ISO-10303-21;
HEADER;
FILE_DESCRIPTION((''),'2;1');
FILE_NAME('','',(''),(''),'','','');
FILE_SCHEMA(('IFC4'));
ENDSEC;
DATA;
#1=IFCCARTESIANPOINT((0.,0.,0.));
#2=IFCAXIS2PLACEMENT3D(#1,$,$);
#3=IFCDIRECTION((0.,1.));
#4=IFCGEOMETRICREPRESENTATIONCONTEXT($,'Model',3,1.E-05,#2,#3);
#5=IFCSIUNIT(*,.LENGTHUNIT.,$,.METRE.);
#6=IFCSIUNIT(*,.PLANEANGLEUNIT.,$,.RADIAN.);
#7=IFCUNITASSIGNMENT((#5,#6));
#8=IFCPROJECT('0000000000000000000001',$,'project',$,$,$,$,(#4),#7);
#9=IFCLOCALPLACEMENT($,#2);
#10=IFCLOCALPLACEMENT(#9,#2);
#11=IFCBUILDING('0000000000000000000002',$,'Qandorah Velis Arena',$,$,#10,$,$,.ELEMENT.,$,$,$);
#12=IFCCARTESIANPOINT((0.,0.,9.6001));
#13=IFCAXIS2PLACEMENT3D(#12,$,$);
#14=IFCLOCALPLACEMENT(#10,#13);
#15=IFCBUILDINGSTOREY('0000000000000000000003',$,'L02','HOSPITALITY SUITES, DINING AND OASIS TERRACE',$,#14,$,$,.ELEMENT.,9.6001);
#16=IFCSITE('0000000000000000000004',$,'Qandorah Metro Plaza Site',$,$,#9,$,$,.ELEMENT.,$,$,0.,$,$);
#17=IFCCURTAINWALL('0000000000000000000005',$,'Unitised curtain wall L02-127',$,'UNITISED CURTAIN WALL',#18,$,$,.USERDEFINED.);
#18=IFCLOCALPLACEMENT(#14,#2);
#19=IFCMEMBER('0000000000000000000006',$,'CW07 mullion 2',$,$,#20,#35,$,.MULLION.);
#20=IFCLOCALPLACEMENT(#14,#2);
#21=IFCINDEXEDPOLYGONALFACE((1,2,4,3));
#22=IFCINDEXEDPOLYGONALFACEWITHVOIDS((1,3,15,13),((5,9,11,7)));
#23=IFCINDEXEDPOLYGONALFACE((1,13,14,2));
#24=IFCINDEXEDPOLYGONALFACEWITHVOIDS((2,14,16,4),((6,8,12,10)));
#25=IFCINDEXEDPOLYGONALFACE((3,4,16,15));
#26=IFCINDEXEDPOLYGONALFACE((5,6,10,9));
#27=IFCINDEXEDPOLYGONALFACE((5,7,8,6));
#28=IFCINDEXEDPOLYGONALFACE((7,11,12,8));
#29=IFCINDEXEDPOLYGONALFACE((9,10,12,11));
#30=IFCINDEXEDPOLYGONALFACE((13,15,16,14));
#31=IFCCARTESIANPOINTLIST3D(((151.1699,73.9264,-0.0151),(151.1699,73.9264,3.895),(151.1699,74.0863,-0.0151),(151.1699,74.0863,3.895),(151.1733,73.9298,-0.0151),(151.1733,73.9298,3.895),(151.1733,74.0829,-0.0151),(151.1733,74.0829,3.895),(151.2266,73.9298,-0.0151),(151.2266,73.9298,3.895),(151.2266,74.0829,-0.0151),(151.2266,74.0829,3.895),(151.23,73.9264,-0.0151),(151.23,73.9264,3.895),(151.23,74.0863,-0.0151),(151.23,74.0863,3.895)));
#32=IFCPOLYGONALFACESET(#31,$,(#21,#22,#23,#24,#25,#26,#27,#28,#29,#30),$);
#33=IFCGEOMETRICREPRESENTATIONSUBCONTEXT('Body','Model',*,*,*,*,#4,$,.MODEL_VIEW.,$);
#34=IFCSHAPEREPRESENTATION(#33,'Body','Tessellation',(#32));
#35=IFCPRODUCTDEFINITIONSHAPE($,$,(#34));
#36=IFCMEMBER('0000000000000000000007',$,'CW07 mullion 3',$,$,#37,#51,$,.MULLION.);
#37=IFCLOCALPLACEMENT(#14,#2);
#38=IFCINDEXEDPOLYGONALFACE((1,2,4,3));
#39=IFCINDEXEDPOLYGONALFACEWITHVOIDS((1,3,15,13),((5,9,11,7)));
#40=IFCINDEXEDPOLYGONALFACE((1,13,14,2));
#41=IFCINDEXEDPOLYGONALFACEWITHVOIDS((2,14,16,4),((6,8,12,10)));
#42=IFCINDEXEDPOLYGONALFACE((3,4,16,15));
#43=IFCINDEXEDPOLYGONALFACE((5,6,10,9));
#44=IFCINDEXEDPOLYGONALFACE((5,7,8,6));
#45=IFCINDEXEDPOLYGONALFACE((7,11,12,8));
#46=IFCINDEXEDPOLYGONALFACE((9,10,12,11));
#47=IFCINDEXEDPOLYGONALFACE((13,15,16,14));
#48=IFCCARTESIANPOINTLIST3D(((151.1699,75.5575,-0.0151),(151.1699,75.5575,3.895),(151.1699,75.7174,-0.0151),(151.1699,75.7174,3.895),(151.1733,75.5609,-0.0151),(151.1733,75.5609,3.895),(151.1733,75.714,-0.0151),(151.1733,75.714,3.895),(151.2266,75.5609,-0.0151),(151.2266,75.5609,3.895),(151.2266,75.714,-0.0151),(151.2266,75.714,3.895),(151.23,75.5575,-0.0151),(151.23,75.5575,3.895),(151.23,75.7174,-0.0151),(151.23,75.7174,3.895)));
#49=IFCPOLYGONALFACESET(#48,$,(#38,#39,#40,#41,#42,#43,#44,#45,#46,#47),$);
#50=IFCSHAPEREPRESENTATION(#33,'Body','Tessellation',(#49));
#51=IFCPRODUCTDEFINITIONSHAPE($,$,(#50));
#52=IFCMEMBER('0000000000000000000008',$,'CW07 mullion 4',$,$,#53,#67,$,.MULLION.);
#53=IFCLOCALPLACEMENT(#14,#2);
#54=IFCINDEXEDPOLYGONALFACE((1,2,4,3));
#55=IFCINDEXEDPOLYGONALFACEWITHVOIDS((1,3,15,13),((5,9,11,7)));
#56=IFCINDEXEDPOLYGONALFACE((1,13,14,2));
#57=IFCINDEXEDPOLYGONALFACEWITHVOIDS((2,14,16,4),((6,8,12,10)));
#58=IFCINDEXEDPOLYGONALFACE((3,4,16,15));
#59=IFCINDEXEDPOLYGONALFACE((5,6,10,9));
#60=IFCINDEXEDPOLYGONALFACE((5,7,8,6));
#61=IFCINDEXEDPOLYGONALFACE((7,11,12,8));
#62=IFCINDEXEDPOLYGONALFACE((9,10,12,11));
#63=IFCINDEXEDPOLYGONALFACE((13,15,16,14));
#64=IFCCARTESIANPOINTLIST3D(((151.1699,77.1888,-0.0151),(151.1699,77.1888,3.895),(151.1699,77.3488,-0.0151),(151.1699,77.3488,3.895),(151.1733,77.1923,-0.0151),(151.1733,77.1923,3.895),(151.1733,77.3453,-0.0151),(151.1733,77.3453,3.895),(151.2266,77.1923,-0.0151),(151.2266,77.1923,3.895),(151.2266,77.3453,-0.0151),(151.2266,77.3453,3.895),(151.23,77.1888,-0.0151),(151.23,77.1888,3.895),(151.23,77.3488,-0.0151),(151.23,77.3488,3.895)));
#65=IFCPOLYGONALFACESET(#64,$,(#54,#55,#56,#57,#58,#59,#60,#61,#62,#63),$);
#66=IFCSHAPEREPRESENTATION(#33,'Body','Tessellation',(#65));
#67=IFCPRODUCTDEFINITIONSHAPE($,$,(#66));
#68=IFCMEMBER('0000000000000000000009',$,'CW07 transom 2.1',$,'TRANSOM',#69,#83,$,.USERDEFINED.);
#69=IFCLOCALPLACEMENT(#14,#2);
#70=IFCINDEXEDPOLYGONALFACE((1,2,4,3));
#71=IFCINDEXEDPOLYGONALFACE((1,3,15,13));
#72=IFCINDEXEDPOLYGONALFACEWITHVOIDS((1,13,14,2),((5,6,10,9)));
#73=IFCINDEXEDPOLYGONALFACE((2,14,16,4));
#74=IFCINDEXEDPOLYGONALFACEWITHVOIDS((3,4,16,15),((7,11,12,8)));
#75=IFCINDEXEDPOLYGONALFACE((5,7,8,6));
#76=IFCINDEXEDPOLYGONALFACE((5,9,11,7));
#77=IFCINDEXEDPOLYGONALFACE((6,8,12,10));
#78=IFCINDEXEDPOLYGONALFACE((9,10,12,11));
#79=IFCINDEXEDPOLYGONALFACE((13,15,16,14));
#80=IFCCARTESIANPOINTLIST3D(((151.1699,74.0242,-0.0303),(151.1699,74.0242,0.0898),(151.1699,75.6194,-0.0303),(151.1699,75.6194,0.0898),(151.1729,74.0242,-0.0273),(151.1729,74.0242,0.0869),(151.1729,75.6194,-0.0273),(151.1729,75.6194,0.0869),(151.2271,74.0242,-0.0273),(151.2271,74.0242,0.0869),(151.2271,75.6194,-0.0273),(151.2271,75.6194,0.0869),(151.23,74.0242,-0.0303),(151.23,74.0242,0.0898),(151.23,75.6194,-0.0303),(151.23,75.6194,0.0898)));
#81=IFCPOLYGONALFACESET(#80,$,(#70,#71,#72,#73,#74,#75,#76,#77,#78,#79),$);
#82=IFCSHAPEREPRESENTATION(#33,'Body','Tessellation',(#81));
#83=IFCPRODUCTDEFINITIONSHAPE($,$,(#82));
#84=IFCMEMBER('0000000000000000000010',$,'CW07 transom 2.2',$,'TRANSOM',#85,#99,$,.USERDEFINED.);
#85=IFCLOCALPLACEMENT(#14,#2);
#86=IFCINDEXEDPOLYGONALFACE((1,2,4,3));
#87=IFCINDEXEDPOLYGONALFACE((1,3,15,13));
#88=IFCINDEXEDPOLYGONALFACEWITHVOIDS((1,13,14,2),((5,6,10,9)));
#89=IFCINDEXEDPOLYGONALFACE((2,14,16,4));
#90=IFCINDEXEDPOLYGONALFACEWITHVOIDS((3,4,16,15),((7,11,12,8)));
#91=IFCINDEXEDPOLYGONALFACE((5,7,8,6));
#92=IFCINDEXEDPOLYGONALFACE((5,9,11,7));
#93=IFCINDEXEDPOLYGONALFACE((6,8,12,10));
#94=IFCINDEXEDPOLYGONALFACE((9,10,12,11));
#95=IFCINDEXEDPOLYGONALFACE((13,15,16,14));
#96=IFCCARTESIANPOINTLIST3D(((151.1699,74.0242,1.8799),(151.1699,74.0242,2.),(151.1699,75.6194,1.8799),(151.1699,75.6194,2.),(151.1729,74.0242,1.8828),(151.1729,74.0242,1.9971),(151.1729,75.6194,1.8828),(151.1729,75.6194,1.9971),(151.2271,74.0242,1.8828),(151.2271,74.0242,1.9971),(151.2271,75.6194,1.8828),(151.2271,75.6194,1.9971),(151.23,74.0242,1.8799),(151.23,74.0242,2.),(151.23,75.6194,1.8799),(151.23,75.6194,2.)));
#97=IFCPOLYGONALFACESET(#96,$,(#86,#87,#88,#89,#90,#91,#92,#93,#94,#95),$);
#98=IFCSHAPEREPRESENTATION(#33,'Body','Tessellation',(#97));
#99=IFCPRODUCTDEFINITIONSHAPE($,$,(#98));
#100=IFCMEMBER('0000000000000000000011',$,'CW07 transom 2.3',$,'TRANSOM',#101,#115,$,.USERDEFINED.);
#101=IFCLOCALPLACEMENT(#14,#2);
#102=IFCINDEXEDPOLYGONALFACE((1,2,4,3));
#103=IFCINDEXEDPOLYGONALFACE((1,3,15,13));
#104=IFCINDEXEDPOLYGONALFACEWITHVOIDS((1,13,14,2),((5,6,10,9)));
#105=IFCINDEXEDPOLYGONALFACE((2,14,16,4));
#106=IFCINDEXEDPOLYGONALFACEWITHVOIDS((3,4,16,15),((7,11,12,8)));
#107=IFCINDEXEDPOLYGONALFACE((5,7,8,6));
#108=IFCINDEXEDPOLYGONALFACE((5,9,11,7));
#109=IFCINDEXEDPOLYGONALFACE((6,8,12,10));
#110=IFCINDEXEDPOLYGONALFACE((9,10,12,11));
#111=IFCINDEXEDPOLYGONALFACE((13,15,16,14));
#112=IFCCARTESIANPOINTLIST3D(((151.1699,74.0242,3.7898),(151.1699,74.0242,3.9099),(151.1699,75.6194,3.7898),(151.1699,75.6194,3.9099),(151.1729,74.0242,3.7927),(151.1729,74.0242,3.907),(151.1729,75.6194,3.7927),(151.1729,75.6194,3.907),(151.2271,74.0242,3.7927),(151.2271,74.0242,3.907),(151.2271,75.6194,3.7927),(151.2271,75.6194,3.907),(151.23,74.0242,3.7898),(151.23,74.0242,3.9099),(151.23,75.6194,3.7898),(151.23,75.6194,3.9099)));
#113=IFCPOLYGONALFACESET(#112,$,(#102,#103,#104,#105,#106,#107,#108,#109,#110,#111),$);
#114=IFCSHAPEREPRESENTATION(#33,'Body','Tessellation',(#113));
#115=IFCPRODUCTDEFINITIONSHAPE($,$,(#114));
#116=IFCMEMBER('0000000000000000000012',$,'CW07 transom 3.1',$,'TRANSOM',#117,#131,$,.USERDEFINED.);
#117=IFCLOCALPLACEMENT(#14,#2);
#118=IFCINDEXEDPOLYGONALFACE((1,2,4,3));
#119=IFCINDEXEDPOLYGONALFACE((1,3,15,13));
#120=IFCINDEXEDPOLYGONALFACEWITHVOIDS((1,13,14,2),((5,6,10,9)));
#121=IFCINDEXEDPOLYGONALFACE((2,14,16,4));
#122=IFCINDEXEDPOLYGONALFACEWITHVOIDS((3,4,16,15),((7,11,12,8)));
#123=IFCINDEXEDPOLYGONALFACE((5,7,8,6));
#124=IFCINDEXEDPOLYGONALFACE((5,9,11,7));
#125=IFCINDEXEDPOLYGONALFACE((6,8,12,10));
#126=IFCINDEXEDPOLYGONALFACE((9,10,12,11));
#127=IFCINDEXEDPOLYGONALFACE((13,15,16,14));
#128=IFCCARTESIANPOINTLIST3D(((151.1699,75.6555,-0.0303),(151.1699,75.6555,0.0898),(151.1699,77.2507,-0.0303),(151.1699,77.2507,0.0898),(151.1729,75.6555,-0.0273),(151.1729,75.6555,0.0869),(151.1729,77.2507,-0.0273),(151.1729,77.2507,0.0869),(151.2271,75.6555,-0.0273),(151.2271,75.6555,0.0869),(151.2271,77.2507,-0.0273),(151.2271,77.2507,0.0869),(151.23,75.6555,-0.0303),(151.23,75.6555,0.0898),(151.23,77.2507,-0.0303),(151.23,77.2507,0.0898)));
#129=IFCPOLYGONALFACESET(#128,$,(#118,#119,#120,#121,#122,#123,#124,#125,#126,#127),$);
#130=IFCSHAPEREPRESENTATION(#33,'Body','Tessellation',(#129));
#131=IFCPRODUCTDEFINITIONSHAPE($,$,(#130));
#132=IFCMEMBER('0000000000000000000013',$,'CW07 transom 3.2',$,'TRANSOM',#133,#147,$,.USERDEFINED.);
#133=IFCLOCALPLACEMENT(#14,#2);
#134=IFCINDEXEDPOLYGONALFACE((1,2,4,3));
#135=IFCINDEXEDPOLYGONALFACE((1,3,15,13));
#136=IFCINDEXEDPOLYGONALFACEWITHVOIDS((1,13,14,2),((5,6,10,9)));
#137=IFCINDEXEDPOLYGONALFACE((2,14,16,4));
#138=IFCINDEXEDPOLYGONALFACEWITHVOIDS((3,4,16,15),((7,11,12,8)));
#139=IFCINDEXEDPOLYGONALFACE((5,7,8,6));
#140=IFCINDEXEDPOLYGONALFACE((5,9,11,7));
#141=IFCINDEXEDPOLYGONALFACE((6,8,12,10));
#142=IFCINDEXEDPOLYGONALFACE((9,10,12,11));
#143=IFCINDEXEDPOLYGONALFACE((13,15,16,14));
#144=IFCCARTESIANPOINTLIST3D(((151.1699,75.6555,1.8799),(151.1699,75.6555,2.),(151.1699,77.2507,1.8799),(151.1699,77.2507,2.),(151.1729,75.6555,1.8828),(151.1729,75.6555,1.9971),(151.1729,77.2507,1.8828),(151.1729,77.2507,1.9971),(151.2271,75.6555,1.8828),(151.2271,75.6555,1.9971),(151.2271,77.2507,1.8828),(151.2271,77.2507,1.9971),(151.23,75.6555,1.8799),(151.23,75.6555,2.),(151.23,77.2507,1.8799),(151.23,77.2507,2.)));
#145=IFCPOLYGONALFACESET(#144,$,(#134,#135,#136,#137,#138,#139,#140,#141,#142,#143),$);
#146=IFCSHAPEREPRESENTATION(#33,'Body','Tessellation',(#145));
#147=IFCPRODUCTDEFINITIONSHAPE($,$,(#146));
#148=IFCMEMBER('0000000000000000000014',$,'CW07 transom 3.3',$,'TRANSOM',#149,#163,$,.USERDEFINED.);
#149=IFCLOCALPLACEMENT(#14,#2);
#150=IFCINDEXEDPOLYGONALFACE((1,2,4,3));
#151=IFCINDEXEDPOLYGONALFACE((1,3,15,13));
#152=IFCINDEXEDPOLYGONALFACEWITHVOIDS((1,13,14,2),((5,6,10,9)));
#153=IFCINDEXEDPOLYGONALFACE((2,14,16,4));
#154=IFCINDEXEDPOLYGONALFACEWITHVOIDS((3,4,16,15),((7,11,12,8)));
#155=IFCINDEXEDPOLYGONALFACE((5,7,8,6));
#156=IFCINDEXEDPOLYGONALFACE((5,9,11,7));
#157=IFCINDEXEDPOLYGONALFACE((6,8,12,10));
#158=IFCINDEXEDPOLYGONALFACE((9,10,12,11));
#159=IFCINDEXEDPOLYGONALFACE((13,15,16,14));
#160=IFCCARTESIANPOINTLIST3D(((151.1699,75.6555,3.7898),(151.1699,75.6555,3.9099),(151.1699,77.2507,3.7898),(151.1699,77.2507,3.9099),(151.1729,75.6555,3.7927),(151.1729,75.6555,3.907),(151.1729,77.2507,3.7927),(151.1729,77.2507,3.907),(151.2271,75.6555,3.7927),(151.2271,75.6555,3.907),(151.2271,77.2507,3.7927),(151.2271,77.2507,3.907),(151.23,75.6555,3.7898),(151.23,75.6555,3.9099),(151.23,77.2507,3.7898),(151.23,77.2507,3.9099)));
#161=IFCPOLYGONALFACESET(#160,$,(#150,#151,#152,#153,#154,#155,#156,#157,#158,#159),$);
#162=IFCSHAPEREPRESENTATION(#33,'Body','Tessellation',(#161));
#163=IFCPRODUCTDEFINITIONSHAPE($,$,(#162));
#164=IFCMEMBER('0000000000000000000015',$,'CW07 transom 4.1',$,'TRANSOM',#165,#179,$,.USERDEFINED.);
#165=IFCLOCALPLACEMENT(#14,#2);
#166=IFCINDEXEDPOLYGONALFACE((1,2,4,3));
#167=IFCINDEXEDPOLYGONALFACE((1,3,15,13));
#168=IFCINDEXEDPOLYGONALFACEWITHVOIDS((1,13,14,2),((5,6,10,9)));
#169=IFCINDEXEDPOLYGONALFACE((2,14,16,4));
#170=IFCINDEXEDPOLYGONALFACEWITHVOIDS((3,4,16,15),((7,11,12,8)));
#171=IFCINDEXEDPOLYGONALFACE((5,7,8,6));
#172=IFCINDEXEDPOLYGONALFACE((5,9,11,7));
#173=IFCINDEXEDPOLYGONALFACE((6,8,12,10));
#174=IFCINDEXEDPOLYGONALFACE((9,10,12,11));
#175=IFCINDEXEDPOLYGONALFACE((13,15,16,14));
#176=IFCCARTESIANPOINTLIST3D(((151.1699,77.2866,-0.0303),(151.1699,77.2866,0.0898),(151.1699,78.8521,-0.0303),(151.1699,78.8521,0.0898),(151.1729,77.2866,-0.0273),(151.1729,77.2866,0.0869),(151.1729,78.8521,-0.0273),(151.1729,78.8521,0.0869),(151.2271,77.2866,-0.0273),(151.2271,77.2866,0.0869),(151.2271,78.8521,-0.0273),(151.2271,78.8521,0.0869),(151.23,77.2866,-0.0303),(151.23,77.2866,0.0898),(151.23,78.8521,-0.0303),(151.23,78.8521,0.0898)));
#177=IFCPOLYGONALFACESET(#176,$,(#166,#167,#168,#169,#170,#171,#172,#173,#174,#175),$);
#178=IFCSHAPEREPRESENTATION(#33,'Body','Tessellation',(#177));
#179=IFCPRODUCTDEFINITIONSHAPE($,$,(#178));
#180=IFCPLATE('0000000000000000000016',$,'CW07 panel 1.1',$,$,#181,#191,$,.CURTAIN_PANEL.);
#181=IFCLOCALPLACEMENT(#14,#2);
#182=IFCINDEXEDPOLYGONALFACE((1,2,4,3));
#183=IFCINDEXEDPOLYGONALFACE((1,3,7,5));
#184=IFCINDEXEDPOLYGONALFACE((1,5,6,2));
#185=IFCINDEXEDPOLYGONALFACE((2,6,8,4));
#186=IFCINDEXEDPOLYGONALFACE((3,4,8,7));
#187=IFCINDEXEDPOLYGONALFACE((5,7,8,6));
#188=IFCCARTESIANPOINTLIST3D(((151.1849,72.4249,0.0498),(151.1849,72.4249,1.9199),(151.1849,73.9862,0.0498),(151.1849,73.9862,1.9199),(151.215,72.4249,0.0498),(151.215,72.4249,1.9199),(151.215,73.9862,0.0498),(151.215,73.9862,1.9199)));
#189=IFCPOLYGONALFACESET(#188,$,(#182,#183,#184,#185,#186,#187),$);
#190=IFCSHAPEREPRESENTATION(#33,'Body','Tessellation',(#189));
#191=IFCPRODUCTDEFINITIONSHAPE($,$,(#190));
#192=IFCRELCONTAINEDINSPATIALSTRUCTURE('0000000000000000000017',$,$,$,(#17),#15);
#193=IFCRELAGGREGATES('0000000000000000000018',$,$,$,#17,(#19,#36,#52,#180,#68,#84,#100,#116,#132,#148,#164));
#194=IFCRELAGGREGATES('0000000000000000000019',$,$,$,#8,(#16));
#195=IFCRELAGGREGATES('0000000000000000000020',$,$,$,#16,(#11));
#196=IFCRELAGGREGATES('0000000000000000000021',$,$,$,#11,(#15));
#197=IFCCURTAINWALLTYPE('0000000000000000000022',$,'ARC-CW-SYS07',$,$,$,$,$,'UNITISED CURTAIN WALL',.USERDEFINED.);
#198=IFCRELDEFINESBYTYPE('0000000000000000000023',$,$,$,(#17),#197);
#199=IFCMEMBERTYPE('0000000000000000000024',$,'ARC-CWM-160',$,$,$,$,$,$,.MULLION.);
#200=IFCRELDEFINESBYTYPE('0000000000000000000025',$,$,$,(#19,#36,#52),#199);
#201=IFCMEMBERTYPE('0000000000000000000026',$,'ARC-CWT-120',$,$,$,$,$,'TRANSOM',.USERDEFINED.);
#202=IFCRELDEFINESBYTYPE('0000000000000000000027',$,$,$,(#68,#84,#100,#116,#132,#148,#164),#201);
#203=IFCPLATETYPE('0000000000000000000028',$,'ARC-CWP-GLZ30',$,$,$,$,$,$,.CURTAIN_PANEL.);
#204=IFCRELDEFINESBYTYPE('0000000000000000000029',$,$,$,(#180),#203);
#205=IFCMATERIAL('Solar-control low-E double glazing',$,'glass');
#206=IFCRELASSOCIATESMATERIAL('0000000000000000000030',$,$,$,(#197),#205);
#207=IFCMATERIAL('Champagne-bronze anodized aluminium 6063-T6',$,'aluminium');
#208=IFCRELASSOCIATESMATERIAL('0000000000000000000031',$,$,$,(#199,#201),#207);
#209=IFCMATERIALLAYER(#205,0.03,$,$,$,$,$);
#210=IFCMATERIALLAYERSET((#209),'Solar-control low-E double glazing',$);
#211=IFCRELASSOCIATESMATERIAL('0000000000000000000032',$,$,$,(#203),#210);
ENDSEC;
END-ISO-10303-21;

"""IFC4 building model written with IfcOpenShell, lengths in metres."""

from ifc_helpers import new_model, si_unit, direction, frame, origin, origin_2d, place, context, subcontext, project, spatial, rectangle, hollow_rectangle, extrude, material, layer, layer_set, material_profile, profile_set, type_object, element, aggregate, save


model = new_model("IFC4")

# Units and contexts
model_context = context("Model", 3, precision=1e-05, world=origin(), true_north=direction((0.0, 1.0)))
body_context = subcontext(model_context, "Body", "Model", "MODEL_VIEW")
ifc_project = project(units=[si_unit("LENGTHUNIT", "METRE"), si_unit("PLANEANGLEUNIT", "RADIAN")], contexts=[model_context])

# Site, building, storey
site_placement = place(None, origin())
site = spatial("IfcSite", under=ifc_project, at=site_placement, Name="Qandorah Metro Plaza Site", CompositionType="ELEMENT", RefElevation=0.0)
building_placement = place(site_placement, origin())
building = spatial("IfcBuilding", under=site, at=building_placement, Name="Qandorah Velis Arena", CompositionType="ELEMENT")
storey_placement = place(building_placement, frame((0.0, 0.0, 9.6001)))
storey = spatial("IfcBuildingStorey", under=building, at=storey_placement, Name="L02", Description="HOSPITALITY SUITES, DINING AND OASIS TERRACE", CompositionType="ELEMENT", Elevation=9.6001)

# Curtain wall, members, plate
ifc_material_1 = material(Name="Solar-control low-E double glazing", Category="glass")
curtain_wall_type = type_object("IfcCurtainWallType", Name="ARC-CW-SYS07", ElementType="UNITISED CURTAIN WALL", PredefinedType="USERDEFINED", material=ifc_material_1)
curtain_wall_placement = place(storey_placement, origin())
curtain_wall = element("IfcCurtainWall", 1, at=curtain_wall_placement, inside=storey, type_object=curtain_wall_type, Name="Unitised curtain wall L02-127", ObjectType="UNITISED CURTAIN WALL", PredefinedType="USERDEFINED")
ifc_material_2 = material(Name="Champagne-bronze anodized aluminium 6063-T6", Category="aluminium")
ifc_material_profile_1 = material_profile(ifc_material_2, hollow_rectangle(XDim=0.0601, YDim=0.1599, WallThickness=0.0034, at=origin_2d()), Name="ALU MULLION 60x160")
ifc_profile_set_1 = profile_set([ifc_material_profile_1], Name="Champagne-bronze anodized aluminium 6063-T6")
member_type_1 = type_object("IfcMemberType", Name="ARC-CWM-160", PredefinedType="MULLION", material=ifc_profile_set_1)
member_1_placement = place(storey_placement, frame((151.2, 74.0063, -0.0151), z_axis=(0.0, 0.0, 1.0), x_axis=(-1.0, 0.0, 0.0)))
member_1 = element("IfcMember", 2, at=member_1_placement, type_object=member_type_1, Name="CW07 mullion 2", PredefinedType="MULLION", context=body_context, shape_type="SweptSolid", body=[
    extrude(hollow_rectangle(XDim=0.0601, YDim=0.1599, WallThickness=0.0034, at=origin_2d()), origin(), (0.0, 0.0, 1.0), 3.9102),
])
member_2_placement = place(storey_placement, frame((151.2, 75.6375, -0.0151), z_axis=(0.0, 0.0, 1.0), x_axis=(-1.0, 0.0, 0.0)))
member_2 = element("IfcMember", 3, at=member_2_placement, type_object=member_type_1, Name="CW07 mullion 3", PredefinedType="MULLION", context=body_context, shape_type="SweptSolid", body=[
    extrude(hollow_rectangle(XDim=0.0601, YDim=0.1599, WallThickness=0.0034, at=origin_2d()), origin(), (0.0, 0.0, 1.0), 3.9102),
])
member_3_placement = place(storey_placement, frame((151.2, 77.2688, -0.0151), z_axis=(0.0, 0.0, 1.0), x_axis=(-1.0, 0.0, 0.0)))
member_3 = element("IfcMember", 4, at=member_3_placement, type_object=member_type_1, Name="CW07 mullion 4", PredefinedType="MULLION", context=body_context, shape_type="SweptSolid", body=[
    extrude(hollow_rectangle(XDim=0.0601, YDim=0.1599, WallThickness=0.0034, at=origin_2d()), origin(), (0.0, 0.0, 1.0), 3.9102),
])
ifc_material_profile_2 = material_profile(ifc_material_2, hollow_rectangle(XDim=0.0601, YDim=0.1201, WallThickness=0.0029, at=origin_2d()), Name="ALU TRANSOM 60x120")
ifc_profile_set_2 = profile_set([ifc_material_profile_2], Name="Champagne-bronze anodized aluminium 6063-T6")
member_type_2 = type_object("IfcMemberType", Name="ARC-CWT-120", ElementType="TRANSOM", PredefinedType="USERDEFINED", material=ifc_profile_set_2)
member_4_placement = place(storey_placement, frame((151.2, 74.0242, 0.0298), z_axis=(0.0, 1.0, 0.0), x_axis=(-1.0, 0.0, 0.0)))
member_4 = element("IfcMember", 5, at=member_4_placement, type_object=member_type_2, Name="CW07 transom 2.1", ObjectType="TRANSOM", PredefinedType="USERDEFINED", context=body_context, shape_type="SweptSolid", body=[
    extrude(hollow_rectangle(XDim=0.0601, YDim=0.1201, WallThickness=0.0029, at=origin_2d()), origin(), (0.0, 0.0, 1.0), 1.5952),
])
member_5_placement = place(storey_placement, frame((151.2, 74.0242, 1.9399), z_axis=(0.0, 1.0, 0.0), x_axis=(-1.0, 0.0, 0.0)))
member_5 = element("IfcMember", 6, at=member_5_placement, type_object=member_type_2, Name="CW07 transom 2.2", ObjectType="TRANSOM", PredefinedType="USERDEFINED", context=body_context, shape_type="SweptSolid", body=[
    extrude(hollow_rectangle(XDim=0.0601, YDim=0.1201, WallThickness=0.0029, at=origin_2d()), origin(), (0.0, 0.0, 1.0), 1.5952),
])
member_6_placement = place(storey_placement, frame((151.2, 74.0242, 3.8499), z_axis=(0.0, 1.0, 0.0), x_axis=(-1.0, 0.0, 0.0)))
member_6 = element("IfcMember", 7, at=member_6_placement, type_object=member_type_2, Name="CW07 transom 2.3", ObjectType="TRANSOM", PredefinedType="USERDEFINED", context=body_context, shape_type="SweptSolid", body=[
    extrude(hollow_rectangle(XDim=0.0601, YDim=0.1201, WallThickness=0.0029, at=origin_2d()), origin(), (0.0, 0.0, 1.0), 1.5952),
])
member_7_placement = place(storey_placement, frame((151.2, 75.6555, 0.0298), z_axis=(0.0, 1.0, 0.0), x_axis=(-1.0, 0.0, 0.0)))
member_7 = element("IfcMember", 8, at=member_7_placement, type_object=member_type_2, Name="CW07 transom 3.1", ObjectType="TRANSOM", PredefinedType="USERDEFINED", context=body_context, shape_type="SweptSolid", body=[
    extrude(hollow_rectangle(XDim=0.0601, YDim=0.1201, WallThickness=0.0029, at=origin_2d()), origin(), (0.0, 0.0, 1.0), 1.5952),
])
member_8_placement = place(storey_placement, frame((151.2, 75.6555, 1.9399), z_axis=(0.0, 1.0, 0.0), x_axis=(-1.0, 0.0, 0.0)))
member_8 = element("IfcMember", 9, at=member_8_placement, type_object=member_type_2, Name="CW07 transom 3.2", ObjectType="TRANSOM", PredefinedType="USERDEFINED", context=body_context, shape_type="SweptSolid", body=[
    extrude(hollow_rectangle(XDim=0.0601, YDim=0.1201, WallThickness=0.0029, at=origin_2d()), origin(), (0.0, 0.0, 1.0), 1.5952),
])
member_9_placement = place(storey_placement, frame((151.2, 75.6555, 3.8499), z_axis=(0.0, 1.0, 0.0), x_axis=(-1.0, 0.0, 0.0)))
member_9 = element("IfcMember", 10, at=member_9_placement, type_object=member_type_2, Name="CW07 transom 3.3", ObjectType="TRANSOM", PredefinedType="USERDEFINED", context=body_context, shape_type="SweptSolid", body=[
    extrude(hollow_rectangle(XDim=0.0601, YDim=0.1201, WallThickness=0.0029, at=origin_2d()), origin(), (0.0, 0.0, 1.0), 1.5952),
])
member_10_placement = place(storey_placement, frame((151.2, 77.2866, 0.0298), z_axis=(0.0, 1.0, 0.0), x_axis=(-1.0, 0.0, 0.0)))
member_10 = element("IfcMember", 11, at=member_10_placement, type_object=member_type_2, Name="CW07 transom 4.1", ObjectType="TRANSOM", PredefinedType="USERDEFINED", context=body_context, shape_type="SweptSolid", body=[
    extrude(hollow_rectangle(XDim=0.0601, YDim=0.1201, WallThickness=0.0029, at=origin_2d()), origin(), (0.0, 0.0, 1.0), 1.5654),
])
ifc_layer_1 = layer(ifc_material_1, 0.03)
ifc_layer_set_1 = layer_set([ifc_layer_1], Name="Solar-control low-E double glazing")
plate_type = type_object("IfcPlateType", Name="ARC-CWP-GLZ30", PredefinedType="CURTAIN_PANEL", material=ifc_layer_set_1)
plate_1_placement = place(storey_placement, frame((151.2, 73.2056, 0.0498), z_axis=(0.0, 0.0, 1.0), x_axis=(0.0, 1.0, 0.0)))
plate_1 = element("IfcPlate", 12, at=plate_1_placement, type_object=plate_type, Name="CW07 panel 1.1", PredefinedType="CURTAIN_PANEL", context=body_context, shape_type="SweptSolid", body=[
    extrude(rectangle(XDim=1.5613, YDim=0.03, at=origin_2d()), origin(), (0.0, 0.0, 1.0), 1.8701),
])
aggregate(curtain_wall, [member_1, member_2, member_3, plate_1, member_4, member_5, member_6, member_7, member_8, member_9, member_10])

save(model, "model.ifc")
